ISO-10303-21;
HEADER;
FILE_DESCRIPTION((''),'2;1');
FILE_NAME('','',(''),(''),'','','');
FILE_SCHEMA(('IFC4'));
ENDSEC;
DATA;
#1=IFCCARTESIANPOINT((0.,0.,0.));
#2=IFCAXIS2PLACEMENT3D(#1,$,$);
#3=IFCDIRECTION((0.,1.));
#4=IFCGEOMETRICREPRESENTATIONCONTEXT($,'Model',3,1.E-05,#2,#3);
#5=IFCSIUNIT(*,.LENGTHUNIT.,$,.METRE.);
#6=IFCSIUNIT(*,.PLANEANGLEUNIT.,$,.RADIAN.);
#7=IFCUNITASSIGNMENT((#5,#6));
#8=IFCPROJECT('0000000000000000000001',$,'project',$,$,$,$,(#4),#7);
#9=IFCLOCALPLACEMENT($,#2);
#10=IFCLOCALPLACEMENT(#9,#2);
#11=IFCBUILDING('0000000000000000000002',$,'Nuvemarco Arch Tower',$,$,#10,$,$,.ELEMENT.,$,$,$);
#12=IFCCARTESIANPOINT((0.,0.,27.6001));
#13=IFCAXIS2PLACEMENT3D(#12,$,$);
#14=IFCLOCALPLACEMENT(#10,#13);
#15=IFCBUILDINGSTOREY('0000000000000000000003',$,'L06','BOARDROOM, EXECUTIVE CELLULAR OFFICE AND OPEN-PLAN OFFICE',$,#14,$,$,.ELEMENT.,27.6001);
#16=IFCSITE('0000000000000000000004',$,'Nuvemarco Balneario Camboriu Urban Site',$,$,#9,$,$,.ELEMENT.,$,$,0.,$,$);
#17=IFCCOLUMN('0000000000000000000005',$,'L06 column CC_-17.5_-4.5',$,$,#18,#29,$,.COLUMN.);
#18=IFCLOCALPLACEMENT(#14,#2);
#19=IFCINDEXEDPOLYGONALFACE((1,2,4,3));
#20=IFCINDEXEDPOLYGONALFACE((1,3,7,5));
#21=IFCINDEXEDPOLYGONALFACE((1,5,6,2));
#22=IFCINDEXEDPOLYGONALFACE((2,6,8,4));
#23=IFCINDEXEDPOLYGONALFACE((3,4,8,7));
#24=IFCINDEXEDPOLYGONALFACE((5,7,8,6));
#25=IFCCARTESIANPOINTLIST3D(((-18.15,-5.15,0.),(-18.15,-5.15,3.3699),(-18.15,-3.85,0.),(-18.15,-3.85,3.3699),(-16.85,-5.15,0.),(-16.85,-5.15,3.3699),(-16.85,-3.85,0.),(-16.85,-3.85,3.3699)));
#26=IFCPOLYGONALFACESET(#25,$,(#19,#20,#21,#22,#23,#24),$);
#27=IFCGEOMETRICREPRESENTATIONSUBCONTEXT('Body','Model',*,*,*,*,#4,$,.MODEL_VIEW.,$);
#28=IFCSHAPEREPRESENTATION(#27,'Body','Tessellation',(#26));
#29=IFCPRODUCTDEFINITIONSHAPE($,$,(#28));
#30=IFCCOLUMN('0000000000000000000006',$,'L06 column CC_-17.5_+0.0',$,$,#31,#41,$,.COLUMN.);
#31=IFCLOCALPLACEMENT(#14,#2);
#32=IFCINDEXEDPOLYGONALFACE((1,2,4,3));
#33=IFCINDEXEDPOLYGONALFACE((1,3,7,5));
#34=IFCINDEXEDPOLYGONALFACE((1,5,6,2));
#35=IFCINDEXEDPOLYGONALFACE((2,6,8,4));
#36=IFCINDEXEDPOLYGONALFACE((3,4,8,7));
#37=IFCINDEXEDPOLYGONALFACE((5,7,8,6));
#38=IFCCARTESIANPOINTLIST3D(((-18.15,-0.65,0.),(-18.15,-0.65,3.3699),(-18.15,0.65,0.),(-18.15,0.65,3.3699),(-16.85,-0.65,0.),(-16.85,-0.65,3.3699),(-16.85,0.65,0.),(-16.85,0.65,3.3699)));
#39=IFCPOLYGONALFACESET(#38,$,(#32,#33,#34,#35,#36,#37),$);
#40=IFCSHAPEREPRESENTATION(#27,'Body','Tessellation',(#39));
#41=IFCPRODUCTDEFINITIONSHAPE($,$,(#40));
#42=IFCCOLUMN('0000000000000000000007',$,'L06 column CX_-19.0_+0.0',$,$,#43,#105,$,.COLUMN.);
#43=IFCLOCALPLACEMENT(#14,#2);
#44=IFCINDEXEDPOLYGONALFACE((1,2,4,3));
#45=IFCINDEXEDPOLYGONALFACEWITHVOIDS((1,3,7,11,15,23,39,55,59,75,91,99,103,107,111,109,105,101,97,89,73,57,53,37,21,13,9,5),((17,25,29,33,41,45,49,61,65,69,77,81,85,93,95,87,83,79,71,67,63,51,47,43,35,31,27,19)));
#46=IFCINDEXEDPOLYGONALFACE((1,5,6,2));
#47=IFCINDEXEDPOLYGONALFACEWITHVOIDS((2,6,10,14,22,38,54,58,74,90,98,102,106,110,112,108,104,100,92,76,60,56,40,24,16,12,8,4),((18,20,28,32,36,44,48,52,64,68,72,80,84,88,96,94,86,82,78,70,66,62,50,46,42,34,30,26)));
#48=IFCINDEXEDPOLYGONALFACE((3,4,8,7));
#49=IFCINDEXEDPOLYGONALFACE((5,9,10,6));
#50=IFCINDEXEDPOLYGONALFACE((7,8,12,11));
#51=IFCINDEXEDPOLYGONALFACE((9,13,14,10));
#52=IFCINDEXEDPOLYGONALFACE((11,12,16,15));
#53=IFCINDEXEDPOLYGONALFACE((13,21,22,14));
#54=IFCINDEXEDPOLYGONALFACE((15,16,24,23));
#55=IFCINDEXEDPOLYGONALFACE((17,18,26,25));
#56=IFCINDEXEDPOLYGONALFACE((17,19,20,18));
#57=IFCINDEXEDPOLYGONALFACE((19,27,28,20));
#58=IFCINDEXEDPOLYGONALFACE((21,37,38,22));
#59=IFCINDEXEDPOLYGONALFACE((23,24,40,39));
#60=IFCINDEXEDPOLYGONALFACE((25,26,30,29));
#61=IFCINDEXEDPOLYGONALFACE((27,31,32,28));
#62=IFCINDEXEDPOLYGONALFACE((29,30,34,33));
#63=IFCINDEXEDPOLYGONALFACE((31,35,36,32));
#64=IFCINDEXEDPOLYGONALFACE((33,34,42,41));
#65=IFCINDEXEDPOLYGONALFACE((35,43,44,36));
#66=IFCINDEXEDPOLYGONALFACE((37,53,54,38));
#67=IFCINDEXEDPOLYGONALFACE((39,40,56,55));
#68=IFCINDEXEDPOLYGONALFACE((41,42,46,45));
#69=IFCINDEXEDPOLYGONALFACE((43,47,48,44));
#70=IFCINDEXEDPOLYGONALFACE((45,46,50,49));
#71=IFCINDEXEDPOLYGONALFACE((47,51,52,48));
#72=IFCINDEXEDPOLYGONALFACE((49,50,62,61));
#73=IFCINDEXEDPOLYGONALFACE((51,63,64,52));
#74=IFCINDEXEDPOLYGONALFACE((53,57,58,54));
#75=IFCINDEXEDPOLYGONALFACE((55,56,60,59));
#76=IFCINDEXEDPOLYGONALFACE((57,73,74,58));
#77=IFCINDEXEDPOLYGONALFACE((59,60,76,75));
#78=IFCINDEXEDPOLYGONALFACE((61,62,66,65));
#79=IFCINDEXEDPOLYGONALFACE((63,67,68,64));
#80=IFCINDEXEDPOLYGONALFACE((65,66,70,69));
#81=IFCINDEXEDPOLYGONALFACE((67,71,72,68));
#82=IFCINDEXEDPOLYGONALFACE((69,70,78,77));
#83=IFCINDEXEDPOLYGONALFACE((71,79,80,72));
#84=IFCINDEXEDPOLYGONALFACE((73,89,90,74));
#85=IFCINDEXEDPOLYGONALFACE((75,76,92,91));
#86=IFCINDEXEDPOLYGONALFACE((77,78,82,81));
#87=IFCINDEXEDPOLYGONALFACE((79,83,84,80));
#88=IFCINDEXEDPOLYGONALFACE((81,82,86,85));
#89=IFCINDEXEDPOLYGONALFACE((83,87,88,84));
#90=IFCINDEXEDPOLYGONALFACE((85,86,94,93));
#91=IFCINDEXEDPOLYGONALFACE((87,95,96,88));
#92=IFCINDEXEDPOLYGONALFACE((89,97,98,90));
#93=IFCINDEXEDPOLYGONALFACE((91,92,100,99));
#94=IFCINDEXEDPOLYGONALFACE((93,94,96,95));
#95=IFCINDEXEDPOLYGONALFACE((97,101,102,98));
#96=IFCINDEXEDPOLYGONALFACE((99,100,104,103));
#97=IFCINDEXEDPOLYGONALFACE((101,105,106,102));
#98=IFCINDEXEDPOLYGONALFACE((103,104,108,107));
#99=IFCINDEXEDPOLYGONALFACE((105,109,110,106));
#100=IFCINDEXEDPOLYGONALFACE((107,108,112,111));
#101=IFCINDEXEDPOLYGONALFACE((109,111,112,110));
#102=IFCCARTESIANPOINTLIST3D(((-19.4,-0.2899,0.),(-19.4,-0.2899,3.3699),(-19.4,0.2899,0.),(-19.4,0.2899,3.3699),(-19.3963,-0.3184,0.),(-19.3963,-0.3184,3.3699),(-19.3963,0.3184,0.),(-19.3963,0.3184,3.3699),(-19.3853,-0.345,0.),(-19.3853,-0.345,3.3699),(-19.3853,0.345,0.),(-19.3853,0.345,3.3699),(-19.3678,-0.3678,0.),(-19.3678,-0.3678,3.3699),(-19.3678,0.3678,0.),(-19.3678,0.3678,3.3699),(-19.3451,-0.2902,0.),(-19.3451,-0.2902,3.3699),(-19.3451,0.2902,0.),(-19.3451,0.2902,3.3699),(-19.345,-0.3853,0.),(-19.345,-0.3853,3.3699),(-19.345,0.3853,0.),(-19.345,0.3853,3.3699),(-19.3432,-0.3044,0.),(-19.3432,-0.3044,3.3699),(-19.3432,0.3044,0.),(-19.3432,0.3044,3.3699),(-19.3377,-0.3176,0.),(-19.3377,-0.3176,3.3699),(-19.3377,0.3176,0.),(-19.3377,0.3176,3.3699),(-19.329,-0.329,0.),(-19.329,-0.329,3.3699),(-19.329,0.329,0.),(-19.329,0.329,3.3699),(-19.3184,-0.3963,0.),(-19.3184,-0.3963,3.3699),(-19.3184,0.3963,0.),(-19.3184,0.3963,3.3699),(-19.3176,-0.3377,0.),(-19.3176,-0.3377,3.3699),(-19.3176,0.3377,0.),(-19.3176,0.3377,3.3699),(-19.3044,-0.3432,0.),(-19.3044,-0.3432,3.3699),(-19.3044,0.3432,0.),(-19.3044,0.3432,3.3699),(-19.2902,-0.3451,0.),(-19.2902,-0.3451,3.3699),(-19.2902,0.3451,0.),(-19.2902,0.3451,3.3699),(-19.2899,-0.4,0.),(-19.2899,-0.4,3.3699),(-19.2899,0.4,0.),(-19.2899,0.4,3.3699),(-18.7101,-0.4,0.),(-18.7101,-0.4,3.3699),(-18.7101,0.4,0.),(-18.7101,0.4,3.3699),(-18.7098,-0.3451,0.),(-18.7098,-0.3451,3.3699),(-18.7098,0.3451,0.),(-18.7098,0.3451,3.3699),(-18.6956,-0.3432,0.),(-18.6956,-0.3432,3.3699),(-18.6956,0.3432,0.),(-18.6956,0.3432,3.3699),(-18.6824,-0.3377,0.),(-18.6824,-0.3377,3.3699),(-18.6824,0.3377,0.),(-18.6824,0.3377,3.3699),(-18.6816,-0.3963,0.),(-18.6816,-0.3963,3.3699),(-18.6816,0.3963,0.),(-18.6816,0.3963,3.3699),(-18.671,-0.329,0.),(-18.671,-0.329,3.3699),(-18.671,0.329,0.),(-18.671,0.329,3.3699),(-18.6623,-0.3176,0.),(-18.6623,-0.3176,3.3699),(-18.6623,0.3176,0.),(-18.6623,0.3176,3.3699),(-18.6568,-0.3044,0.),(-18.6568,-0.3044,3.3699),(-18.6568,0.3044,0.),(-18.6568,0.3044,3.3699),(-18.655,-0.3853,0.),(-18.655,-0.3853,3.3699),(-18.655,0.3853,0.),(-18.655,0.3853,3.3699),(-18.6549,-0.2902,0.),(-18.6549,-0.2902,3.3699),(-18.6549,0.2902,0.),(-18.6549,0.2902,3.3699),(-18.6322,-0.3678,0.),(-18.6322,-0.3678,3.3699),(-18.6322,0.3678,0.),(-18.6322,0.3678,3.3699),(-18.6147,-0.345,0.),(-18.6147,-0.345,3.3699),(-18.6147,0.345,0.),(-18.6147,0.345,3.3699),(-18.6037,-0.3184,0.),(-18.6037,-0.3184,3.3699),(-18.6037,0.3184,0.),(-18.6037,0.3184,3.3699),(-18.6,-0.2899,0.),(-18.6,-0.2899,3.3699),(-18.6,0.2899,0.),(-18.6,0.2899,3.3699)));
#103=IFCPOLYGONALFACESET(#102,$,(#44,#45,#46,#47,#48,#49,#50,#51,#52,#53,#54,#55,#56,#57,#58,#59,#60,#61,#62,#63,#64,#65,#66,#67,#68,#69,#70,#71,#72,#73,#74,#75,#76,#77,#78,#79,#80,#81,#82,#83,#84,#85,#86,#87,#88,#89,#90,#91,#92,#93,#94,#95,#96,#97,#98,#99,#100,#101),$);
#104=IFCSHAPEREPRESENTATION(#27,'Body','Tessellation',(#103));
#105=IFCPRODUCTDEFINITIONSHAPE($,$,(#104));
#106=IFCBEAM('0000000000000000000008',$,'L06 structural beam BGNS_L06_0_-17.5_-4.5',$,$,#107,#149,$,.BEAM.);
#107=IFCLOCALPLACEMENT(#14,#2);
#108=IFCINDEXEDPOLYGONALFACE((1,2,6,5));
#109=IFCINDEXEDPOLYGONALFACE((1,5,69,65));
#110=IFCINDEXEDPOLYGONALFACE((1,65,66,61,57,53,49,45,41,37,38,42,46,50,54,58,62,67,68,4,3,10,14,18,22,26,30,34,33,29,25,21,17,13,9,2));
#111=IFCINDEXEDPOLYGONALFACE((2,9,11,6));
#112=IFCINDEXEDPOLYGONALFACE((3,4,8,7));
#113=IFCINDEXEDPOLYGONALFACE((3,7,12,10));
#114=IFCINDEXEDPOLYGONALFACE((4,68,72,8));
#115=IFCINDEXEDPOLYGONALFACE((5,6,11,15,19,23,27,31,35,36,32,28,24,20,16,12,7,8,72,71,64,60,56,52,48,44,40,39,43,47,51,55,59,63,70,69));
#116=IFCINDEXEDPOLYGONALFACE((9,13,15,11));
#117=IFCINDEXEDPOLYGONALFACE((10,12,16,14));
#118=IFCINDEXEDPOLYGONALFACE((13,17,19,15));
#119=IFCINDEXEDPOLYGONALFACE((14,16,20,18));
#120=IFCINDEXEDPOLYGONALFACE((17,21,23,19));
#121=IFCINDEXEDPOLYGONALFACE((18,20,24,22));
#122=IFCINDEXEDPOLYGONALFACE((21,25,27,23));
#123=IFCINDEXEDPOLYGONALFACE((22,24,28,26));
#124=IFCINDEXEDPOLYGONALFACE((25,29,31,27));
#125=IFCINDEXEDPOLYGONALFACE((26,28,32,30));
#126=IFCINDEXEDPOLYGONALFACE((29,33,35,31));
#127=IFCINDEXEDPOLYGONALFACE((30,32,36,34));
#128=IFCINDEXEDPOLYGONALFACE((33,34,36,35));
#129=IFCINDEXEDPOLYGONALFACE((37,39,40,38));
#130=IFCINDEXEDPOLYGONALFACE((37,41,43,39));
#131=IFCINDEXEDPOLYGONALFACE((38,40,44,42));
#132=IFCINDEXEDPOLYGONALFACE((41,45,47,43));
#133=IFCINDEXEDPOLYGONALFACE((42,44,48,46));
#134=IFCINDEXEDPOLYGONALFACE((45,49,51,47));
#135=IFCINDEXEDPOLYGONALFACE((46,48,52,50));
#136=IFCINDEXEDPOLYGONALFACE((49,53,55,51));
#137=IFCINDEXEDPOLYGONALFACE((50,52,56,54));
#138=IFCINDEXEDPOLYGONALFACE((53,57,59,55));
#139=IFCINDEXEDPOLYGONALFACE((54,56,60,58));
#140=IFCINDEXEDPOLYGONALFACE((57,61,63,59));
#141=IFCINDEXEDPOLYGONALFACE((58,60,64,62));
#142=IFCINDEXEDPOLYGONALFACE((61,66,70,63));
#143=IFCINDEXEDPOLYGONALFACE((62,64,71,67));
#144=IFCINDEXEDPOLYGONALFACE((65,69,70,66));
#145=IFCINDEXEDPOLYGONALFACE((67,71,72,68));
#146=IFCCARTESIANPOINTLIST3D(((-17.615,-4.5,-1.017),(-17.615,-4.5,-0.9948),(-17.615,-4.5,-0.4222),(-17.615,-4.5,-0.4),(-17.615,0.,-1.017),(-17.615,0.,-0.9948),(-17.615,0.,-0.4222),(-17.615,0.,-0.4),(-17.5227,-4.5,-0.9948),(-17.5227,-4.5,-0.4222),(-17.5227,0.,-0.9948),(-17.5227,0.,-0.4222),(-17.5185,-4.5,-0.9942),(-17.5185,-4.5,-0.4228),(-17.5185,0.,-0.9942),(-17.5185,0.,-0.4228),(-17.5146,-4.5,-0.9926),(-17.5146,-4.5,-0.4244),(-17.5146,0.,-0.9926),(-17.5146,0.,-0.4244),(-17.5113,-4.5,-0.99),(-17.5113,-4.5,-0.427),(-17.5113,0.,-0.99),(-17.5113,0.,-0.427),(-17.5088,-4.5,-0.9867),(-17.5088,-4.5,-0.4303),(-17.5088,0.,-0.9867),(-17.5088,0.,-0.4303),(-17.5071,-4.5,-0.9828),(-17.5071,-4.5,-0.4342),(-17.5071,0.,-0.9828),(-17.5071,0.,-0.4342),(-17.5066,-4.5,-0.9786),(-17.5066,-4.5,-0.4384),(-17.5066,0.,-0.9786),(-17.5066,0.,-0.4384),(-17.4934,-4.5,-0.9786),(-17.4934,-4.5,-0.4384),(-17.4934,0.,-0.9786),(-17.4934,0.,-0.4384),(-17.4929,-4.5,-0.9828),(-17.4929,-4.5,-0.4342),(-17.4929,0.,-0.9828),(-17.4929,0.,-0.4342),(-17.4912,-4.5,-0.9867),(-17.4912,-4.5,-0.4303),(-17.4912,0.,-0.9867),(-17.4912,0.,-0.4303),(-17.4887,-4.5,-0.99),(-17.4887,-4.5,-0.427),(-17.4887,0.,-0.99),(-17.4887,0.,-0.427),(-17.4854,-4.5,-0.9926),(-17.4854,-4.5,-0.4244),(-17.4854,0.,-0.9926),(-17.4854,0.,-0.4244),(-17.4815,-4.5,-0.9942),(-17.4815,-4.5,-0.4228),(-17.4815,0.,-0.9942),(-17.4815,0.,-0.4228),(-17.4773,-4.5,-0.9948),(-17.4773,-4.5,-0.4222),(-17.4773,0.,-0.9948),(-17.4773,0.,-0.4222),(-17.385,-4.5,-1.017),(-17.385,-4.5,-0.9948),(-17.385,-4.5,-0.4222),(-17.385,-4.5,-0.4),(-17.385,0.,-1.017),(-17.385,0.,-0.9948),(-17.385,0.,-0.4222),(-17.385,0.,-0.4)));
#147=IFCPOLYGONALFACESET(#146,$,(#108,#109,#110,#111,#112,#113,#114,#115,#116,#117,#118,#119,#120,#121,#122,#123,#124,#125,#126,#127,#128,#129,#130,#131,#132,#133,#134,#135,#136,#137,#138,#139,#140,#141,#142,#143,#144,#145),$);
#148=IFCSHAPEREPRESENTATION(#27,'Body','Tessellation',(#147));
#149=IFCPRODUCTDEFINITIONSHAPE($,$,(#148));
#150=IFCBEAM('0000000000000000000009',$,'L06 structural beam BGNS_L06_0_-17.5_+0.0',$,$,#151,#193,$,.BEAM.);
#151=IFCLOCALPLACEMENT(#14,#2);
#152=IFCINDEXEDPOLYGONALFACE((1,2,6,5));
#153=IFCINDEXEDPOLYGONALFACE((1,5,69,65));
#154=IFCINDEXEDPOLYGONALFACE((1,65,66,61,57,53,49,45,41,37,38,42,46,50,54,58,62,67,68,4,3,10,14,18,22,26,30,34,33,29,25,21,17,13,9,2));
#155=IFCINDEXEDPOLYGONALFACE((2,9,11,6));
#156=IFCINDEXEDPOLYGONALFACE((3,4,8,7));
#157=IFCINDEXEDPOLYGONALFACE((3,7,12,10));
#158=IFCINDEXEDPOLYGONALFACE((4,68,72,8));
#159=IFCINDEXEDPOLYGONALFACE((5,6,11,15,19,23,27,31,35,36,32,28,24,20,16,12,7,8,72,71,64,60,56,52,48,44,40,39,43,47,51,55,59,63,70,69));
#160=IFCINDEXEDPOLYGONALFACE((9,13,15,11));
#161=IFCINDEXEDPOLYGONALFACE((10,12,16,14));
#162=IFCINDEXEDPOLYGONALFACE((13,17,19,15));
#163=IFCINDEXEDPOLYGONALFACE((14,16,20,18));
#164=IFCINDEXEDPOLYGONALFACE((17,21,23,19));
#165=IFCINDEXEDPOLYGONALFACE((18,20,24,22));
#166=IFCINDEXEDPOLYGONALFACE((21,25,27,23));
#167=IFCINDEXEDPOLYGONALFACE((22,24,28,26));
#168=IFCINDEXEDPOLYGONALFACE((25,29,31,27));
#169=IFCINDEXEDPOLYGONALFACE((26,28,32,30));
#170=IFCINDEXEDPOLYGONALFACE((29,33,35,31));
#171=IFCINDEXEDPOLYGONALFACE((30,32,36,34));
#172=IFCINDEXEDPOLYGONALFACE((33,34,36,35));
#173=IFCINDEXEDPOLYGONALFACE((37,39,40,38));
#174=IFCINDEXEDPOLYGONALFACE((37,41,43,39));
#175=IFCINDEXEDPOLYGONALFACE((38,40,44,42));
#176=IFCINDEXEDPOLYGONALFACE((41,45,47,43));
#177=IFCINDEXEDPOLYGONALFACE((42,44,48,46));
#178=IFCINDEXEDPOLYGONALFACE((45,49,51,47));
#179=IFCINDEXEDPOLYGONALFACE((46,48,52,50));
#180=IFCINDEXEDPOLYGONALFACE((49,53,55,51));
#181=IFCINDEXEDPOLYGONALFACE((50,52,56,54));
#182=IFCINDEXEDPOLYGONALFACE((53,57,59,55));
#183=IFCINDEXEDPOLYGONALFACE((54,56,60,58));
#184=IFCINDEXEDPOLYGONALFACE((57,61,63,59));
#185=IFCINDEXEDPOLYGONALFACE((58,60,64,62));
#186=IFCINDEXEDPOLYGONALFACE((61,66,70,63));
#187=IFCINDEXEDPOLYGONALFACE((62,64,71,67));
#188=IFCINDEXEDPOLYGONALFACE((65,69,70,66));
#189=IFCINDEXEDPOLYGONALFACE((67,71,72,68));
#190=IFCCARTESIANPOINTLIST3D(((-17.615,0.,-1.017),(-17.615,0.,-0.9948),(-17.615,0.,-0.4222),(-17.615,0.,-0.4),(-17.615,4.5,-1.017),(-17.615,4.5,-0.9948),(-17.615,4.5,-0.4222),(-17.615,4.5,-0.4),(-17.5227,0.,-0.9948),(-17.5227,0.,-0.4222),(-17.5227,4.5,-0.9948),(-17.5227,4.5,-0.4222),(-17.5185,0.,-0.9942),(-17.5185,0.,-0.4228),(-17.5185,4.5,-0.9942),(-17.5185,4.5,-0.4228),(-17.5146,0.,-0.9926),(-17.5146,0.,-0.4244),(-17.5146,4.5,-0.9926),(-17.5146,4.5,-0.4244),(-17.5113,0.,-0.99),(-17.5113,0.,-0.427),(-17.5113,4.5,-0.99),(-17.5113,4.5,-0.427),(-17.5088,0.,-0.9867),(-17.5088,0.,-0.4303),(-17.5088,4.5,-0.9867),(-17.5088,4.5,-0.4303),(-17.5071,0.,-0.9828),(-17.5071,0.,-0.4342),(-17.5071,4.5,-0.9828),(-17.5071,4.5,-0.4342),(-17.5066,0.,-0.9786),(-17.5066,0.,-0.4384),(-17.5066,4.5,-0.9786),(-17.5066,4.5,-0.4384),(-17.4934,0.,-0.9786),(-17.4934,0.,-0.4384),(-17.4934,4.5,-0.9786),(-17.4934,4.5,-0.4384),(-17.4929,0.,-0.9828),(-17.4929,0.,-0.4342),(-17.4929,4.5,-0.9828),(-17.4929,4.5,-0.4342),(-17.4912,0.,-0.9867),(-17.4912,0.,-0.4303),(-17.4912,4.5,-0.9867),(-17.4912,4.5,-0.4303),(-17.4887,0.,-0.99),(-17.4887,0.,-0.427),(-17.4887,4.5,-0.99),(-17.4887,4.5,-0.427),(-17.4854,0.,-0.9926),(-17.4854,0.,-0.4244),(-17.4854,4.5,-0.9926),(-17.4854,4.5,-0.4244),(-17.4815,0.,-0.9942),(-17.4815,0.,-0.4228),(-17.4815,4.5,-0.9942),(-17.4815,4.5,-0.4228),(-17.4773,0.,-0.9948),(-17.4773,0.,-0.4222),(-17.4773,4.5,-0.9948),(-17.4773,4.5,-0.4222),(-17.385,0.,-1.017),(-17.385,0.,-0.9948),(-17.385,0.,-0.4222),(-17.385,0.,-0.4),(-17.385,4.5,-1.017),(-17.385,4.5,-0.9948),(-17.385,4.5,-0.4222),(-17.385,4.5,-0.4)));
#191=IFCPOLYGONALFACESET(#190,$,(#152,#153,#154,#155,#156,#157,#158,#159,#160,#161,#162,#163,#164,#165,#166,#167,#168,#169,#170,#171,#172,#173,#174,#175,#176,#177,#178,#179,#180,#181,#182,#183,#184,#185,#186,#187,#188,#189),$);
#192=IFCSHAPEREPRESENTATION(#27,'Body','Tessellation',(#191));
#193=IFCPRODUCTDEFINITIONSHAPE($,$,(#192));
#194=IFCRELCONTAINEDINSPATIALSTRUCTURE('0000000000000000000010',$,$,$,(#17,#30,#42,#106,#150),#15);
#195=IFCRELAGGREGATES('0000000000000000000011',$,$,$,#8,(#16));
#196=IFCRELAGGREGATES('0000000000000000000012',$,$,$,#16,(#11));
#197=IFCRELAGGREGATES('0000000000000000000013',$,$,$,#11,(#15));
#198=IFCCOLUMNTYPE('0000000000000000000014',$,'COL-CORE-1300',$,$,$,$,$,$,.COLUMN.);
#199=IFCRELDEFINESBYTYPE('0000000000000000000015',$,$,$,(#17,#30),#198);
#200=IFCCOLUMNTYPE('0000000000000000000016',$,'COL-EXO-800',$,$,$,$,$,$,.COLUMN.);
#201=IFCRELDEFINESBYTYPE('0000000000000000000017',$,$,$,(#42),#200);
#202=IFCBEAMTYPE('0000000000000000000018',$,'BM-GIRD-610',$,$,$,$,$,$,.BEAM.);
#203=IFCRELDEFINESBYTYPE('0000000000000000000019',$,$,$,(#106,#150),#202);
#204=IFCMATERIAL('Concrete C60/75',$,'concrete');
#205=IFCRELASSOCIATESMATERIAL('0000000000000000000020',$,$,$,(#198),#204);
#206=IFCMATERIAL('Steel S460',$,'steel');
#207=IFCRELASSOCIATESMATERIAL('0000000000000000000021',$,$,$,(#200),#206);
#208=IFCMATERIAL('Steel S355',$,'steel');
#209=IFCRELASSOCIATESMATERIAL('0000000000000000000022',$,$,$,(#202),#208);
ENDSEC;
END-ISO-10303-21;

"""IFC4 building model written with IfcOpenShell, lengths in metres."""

from ifc_helpers import new_model, si_unit, direction, frame, origin, origin_2d, place, context, subcontext, project, spatial, rectangle, hollow_rectangle, i_section, extrude, material, material_profile, profile_set, type_object, element, save


model = new_model("IFC4")

# Units and contexts
model_context = context("Model", 3, precision=1e-05, world=origin(), true_north=direction((0.0, 1.0)))
body_context = subcontext(model_context, "Body", "Model", "MODEL_VIEW")
ifc_project = project(units=[si_unit("LENGTHUNIT", "METRE"), si_unit("PLANEANGLEUNIT", "RADIAN")], contexts=[model_context])

# Site, building, storey
site_placement = place(None, origin())
site = spatial("IfcSite", under=ifc_project, at=site_placement, Name="Nuvemarco Balneario Camboriu Urban Site", CompositionType="ELEMENT", RefElevation=0.0)
building_placement = place(site_placement, origin())
building = spatial("IfcBuilding", under=site, at=building_placement, Name="Nuvemarco Arch Tower", CompositionType="ELEMENT")
storey_placement = place(building_placement, frame((0.0, 0.0, 27.6001)))
storey = spatial("IfcBuildingStorey", under=building, at=storey_placement, Name="L06", Description="BOARDROOM, EXECUTIVE CELLULAR OFFICE AND OPEN-PLAN OFFICE", CompositionType="ELEMENT", Elevation=27.6001)

# Columns
ifc_material_1 = material(Name="Concrete C60/75", Category="concrete")
ifc_material_profile_1 = material_profile(ifc_material_1, rectangle(XDim=1.3, YDim=1.3, at=origin_2d()), Name="RC-COL-1300x1300")
ifc_profile_set_1 = profile_set([ifc_material_profile_1], Name="Concrete C60/75")
column_type_1 = type_object("IfcColumnType", Name="COL-CORE-1300", PredefinedType="COLUMN", material=ifc_profile_set_1)
for number, where, z_axis, x_axis, name in (
    (1, (-17.5, -4.5, 0.0), (0.0, 0.0, 1.0), (1.0, 0.0, 0.0), "L06 column CC_-17.5_-4.5"),
    (2, (-17.5, 0.0, 0.0), (0.0, 0.0, 1.0), (1.0, 0.0, 0.0), "L06 column CC_-17.5_+0.0"),
):
    element("IfcColumn", number, at=place(storey_placement, frame(where, z_axis=z_axis, x_axis=x_axis)), inside=storey, type_object=column_type_1, Name=name, PredefinedType="COLUMN", context=body_context, shape_type="SweptSolid", body=[
        extrude(rectangle(XDim=1.3, YDim=1.3, at=origin_2d()), origin(), (0.0, 0.0, 1.0), 3.3699),
    ])
ifc_material_2 = material(Name="Steel S460", Category="steel")
ifc_material_profile_2 = material_profile(ifc_material_2, hollow_rectangle(XDim=0.8, YDim=0.8, WallThickness=0.0549, InnerFilletRadius=0.0549, OuterFilletRadius=0.1101, at=origin_2d()), Name="SHS800x800x55")
ifc_profile_set_2 = profile_set([ifc_material_profile_2], Name="Steel S460")
column_type_2 = type_object("IfcColumnType", Name="COL-EXO-800", PredefinedType="COLUMN", material=ifc_profile_set_2)
column_placement = place(storey_placement, frame((-19.0, 0.0, 0.0), z_axis=(0.0, 0.0, 1.0), x_axis=(1.0, 0.0, 0.0)))
element("IfcColumn", 3, at=column_placement, inside=storey, type_object=column_type_2, Name="L06 column CX_-19.0_+0.0", PredefinedType="COLUMN", context=body_context, shape_type="SweptSolid", body=[
    extrude(hollow_rectangle(XDim=0.8, YDim=0.8, WallThickness=0.0549, InnerFilletRadius=0.0549, OuterFilletRadius=0.1101, at=origin_2d()), origin(), (0.0, 0.0, 1.0), 3.3699),
])

# Beams
ifc_material_3 = material(Name="Steel S355", Category="steel")
ifc_material_profile_3 = material_profile(ifc_material_3, i_section(OverallWidth=0.23, OverallDepth=0.6169, WebThickness=0.0132, FlangeThickness=0.0222, FilletRadius=0.0161, at=origin_2d()), Name="W610x140")
ifc_profile_set_3 = profile_set([ifc_material_profile_3], Name="Steel S355")
beam_type_1 = type_object("IfcBeamType", Name="BM-GIRD-610", PredefinedType="BEAM", material=ifc_profile_set_3)
for number, where, z_axis, x_axis, name in (
    (4, (-17.5, -4.5, -0.7085), (0.0, 1.0, 0.0), (-1.0, 0.0, 0.0), "L06 structural beam BGNS_L06_0_-17.5_-4.5"),
    (5, (-17.5, 0.0, -0.7085), (0.0, 1.0, 0.0), (-1.0, 0.0, 0.0), "L06 structural beam BGNS_L06_0_-17.5_+0.0"),
):
    element("IfcBeam", number, at=place(storey_placement, frame(where, z_axis=z_axis, x_axis=x_axis)), inside=storey, type_object=beam_type_1, Name=name, PredefinedType="BEAM", context=body_context, shape_type="SweptSolid", body=[
        extrude(i_section(OverallWidth=0.23, OverallDepth=0.6169, WebThickness=0.0132, FlangeThickness=0.0222, FilletRadius=0.0161, at=origin_2d()), origin(), (0.0, 0.0, 1.0), 4.5),
    ])

save(model, "model.ifc")
